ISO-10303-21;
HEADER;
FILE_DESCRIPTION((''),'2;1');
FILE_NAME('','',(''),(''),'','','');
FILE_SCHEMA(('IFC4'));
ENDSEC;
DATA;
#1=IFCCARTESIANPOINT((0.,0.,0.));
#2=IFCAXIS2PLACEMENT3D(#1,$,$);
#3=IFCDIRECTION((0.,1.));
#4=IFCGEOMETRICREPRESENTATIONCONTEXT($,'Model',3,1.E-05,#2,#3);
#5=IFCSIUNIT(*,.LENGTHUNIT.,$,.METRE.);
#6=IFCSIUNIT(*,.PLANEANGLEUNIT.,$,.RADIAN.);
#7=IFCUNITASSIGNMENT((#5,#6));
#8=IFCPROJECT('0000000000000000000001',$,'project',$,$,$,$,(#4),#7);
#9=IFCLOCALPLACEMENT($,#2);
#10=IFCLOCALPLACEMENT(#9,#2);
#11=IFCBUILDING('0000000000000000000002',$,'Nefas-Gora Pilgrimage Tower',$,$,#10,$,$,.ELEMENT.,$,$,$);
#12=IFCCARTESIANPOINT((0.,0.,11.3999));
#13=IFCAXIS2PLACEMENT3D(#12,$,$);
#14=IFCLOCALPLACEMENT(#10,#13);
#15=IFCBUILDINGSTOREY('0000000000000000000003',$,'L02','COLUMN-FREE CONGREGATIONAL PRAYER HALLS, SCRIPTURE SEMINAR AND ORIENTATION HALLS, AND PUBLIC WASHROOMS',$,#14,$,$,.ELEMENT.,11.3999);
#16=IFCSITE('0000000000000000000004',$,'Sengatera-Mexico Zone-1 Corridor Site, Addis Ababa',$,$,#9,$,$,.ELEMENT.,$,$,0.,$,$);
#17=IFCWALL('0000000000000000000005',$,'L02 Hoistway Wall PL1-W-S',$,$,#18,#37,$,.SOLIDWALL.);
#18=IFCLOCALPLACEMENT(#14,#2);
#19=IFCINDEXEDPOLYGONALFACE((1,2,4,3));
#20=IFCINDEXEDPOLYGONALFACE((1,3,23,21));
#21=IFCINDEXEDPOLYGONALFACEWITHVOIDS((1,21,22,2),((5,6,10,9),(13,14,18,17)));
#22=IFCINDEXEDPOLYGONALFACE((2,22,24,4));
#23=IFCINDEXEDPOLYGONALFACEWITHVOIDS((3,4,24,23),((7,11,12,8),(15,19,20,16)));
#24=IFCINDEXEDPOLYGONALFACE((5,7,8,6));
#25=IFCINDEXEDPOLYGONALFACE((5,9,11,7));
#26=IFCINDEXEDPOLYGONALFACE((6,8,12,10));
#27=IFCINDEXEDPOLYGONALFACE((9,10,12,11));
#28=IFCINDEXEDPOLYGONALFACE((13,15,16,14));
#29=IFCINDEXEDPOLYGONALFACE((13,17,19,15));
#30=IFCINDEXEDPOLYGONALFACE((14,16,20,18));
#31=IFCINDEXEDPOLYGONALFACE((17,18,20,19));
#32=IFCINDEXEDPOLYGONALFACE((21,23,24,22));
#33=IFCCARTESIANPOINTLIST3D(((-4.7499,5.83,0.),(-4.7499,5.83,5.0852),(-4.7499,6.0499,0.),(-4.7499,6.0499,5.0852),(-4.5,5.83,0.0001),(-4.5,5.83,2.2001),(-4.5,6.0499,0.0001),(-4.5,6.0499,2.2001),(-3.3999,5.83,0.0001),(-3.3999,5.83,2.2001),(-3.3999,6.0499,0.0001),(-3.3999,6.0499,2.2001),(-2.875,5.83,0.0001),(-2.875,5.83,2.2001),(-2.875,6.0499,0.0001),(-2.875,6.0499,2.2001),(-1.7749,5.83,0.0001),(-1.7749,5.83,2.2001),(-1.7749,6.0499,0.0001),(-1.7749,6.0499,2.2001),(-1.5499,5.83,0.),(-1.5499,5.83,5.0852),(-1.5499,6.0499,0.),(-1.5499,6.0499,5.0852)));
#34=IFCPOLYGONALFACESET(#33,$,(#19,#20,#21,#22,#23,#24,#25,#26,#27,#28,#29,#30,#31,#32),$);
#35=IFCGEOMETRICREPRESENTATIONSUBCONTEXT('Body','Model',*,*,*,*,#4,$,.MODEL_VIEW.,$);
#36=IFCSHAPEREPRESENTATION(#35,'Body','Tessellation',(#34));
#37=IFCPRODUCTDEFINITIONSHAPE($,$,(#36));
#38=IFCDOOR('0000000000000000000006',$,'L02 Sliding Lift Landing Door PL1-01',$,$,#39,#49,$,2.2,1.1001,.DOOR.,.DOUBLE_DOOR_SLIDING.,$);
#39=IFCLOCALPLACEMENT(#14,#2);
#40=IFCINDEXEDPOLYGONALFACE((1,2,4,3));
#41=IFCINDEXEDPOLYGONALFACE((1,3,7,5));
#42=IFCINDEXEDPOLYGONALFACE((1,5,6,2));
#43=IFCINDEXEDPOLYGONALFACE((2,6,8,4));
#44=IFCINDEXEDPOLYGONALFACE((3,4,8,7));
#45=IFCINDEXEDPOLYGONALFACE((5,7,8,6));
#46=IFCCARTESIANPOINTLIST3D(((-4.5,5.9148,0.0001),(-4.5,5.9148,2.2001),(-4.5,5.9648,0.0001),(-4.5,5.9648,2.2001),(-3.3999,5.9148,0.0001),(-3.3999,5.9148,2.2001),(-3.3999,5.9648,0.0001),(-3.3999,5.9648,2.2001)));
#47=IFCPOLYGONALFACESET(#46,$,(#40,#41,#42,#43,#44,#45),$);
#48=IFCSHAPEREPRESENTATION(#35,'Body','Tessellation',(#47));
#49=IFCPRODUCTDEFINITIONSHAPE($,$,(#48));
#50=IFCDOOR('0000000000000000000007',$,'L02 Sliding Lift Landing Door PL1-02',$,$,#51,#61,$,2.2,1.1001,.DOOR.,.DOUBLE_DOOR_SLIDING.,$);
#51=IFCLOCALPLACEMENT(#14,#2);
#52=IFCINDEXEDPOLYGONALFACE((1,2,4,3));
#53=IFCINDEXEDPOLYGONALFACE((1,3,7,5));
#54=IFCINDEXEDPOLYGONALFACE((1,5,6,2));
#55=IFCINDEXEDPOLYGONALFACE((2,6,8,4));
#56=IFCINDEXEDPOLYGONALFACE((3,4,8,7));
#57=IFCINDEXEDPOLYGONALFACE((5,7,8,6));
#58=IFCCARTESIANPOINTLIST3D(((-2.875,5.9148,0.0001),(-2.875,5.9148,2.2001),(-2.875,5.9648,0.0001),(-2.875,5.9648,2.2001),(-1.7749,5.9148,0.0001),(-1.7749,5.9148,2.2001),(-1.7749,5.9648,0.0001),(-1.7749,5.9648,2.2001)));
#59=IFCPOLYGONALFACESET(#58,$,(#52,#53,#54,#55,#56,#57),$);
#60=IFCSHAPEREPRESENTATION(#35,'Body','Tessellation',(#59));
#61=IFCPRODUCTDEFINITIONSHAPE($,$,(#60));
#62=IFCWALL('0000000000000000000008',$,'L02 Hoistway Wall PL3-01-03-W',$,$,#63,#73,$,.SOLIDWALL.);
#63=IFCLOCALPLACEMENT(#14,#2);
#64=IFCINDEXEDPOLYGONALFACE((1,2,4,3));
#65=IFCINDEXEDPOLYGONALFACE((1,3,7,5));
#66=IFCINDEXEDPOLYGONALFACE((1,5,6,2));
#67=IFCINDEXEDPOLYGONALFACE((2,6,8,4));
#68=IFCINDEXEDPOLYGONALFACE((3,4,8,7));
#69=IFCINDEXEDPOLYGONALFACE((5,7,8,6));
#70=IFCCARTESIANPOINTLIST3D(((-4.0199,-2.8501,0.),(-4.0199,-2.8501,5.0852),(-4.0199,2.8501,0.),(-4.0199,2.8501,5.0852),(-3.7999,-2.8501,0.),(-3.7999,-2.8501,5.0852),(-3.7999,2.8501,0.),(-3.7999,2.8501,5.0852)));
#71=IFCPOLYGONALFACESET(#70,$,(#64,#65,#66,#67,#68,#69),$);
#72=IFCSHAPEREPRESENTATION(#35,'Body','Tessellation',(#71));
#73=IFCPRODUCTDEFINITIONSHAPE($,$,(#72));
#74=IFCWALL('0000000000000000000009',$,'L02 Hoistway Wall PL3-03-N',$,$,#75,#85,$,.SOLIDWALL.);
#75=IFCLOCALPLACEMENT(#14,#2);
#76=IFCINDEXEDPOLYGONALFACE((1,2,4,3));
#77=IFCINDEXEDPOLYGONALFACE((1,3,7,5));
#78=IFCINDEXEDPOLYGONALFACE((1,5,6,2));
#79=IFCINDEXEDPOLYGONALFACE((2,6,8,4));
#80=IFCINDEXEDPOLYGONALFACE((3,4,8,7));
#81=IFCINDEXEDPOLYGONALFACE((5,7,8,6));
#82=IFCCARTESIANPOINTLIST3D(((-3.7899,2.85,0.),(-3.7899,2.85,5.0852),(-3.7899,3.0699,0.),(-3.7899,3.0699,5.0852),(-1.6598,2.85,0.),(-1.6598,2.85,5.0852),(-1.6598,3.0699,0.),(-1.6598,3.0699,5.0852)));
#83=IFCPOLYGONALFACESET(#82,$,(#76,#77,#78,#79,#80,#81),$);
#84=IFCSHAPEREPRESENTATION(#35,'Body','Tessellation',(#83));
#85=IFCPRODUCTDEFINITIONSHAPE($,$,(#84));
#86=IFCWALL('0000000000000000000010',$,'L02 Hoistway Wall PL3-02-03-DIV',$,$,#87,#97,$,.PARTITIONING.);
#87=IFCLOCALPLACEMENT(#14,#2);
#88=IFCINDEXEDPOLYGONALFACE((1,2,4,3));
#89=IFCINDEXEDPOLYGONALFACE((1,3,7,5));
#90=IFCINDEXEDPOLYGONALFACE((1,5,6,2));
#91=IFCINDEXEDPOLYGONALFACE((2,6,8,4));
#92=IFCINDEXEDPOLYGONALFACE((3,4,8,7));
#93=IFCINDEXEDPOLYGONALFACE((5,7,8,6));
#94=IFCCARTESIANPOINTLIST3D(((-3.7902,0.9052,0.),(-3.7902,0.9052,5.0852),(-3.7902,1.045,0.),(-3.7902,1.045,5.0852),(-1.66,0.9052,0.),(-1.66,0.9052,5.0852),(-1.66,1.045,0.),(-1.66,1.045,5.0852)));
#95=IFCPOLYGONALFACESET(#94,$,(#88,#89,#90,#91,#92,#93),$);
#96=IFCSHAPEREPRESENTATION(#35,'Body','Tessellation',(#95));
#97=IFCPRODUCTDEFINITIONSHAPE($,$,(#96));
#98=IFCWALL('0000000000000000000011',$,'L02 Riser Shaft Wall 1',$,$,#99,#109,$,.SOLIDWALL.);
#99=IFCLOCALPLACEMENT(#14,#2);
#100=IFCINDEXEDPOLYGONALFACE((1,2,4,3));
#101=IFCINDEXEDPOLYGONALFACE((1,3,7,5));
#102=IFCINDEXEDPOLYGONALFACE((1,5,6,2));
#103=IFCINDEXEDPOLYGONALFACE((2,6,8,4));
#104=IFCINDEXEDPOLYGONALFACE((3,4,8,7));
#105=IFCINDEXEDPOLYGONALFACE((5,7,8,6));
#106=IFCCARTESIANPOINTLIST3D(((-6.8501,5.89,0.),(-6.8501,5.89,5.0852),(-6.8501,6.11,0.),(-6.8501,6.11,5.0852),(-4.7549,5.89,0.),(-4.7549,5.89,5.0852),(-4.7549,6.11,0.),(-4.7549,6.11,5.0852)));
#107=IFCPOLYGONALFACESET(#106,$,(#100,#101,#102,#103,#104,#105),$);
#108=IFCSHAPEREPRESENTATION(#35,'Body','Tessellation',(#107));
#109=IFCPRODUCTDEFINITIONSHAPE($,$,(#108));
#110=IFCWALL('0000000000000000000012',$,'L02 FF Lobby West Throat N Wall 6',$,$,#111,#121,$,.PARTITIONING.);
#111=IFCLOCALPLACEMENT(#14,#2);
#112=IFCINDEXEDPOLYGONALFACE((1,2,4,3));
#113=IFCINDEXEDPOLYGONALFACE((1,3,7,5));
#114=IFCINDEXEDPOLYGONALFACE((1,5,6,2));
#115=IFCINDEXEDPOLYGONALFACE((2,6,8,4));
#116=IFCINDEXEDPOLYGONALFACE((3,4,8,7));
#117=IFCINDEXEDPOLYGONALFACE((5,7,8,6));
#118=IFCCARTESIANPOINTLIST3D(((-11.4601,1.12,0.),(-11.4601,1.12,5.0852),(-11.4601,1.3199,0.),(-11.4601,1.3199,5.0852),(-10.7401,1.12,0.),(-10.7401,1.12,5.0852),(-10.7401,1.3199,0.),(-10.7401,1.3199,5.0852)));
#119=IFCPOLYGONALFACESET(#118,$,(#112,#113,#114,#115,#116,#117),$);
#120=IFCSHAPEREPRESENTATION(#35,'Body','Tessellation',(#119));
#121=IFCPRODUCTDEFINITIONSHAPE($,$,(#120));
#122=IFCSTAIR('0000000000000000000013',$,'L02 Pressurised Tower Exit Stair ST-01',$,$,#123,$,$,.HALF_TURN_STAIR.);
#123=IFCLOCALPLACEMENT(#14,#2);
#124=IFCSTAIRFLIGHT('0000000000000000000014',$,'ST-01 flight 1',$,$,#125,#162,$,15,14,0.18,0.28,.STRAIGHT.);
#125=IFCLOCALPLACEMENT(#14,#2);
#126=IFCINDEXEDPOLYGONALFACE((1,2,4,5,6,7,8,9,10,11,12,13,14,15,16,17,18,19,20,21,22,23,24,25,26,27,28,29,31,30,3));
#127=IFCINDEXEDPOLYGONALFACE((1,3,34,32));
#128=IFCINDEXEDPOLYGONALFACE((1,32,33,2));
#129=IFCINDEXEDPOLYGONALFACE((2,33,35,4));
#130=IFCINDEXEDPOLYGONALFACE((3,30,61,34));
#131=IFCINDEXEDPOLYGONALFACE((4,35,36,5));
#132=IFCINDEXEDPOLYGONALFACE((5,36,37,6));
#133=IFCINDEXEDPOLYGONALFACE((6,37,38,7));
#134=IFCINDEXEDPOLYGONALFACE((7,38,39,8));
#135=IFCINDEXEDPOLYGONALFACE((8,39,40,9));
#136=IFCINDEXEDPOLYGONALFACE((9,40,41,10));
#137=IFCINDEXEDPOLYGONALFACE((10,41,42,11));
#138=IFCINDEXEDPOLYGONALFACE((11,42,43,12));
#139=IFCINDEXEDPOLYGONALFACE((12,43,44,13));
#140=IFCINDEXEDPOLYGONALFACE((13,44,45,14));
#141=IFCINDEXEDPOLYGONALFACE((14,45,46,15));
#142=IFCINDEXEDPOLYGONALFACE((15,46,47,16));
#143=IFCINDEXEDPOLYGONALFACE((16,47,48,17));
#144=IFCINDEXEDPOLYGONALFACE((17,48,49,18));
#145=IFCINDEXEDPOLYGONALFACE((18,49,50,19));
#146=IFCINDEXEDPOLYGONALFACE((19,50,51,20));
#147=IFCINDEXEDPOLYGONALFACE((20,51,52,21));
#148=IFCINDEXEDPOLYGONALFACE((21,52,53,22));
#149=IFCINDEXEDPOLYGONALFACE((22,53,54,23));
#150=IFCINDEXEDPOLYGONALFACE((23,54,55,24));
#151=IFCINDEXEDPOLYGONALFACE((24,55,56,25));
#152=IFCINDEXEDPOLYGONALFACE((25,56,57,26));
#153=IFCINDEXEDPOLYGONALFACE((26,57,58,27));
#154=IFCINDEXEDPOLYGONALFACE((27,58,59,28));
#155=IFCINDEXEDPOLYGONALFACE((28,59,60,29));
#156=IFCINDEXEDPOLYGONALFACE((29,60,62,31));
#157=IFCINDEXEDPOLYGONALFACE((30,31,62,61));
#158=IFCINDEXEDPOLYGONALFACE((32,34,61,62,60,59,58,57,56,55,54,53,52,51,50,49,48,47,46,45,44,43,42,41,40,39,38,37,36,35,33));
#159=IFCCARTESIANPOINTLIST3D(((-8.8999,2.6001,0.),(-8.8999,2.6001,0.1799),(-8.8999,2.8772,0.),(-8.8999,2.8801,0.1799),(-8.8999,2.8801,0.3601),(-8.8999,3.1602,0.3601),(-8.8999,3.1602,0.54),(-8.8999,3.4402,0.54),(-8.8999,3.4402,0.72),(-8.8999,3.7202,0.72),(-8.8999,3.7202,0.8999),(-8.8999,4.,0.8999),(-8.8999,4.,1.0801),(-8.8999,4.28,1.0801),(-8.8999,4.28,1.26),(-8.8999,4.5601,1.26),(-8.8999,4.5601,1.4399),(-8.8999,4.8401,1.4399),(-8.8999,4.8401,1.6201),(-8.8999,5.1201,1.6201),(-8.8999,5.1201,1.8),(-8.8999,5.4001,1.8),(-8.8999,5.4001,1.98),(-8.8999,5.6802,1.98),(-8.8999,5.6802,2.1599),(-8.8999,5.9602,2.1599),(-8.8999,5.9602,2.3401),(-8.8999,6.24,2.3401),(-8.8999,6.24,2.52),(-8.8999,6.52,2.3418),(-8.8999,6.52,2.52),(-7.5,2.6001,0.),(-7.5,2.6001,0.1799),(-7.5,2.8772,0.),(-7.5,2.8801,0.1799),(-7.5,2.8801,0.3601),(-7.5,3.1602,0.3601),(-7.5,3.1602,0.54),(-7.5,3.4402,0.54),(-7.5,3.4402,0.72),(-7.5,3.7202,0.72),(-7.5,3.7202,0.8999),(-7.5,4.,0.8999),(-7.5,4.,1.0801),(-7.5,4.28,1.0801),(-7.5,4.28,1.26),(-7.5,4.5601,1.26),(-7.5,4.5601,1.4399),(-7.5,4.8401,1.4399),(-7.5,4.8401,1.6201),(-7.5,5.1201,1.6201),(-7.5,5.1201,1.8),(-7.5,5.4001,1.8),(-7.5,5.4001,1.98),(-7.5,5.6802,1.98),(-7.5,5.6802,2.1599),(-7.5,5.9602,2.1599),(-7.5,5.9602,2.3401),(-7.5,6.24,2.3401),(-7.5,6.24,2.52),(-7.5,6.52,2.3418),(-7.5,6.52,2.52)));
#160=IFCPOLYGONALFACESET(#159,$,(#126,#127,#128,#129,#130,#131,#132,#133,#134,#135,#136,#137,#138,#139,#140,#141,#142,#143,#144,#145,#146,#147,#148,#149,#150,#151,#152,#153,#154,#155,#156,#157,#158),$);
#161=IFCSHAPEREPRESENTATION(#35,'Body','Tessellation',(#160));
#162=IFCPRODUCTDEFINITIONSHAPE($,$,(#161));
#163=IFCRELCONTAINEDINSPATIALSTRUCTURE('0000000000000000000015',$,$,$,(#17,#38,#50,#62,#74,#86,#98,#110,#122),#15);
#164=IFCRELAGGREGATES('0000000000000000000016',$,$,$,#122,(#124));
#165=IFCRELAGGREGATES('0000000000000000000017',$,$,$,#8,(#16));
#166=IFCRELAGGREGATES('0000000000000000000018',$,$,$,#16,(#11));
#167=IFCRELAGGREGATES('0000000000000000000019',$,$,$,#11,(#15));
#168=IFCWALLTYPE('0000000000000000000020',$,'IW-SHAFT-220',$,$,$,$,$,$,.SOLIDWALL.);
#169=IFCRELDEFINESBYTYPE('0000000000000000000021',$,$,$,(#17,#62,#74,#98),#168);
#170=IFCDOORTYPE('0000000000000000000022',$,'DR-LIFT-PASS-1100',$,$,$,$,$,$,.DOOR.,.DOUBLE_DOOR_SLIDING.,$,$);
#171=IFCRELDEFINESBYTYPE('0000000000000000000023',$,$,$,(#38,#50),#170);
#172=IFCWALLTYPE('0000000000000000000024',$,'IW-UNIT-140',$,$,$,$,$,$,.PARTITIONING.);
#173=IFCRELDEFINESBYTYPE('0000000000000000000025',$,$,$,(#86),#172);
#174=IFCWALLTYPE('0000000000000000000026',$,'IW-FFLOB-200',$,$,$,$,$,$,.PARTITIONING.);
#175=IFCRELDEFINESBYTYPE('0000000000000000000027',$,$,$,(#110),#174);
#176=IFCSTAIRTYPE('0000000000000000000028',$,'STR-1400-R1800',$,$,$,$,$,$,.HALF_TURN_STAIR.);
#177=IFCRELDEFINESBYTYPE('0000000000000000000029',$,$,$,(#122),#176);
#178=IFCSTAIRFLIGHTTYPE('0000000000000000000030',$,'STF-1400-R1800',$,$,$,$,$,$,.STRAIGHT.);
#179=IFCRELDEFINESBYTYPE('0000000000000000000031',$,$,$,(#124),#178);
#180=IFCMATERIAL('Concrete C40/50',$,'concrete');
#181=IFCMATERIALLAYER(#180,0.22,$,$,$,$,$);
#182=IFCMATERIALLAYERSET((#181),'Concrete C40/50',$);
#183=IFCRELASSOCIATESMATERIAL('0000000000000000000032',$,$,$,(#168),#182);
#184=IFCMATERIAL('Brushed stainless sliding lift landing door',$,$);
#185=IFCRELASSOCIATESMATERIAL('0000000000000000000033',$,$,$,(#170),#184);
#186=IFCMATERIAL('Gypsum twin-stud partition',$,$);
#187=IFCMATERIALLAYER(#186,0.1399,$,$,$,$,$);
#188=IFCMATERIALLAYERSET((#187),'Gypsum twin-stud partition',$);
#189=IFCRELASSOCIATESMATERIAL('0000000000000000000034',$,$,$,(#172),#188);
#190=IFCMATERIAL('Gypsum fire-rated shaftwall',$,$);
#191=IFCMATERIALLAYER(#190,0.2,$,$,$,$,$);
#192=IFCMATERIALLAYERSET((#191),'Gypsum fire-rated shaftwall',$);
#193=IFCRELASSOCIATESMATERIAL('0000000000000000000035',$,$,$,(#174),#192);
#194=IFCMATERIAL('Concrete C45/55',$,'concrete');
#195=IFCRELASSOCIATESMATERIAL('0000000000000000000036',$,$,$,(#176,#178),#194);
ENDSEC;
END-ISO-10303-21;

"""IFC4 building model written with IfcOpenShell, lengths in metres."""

from ifc_helpers import new_model, si_unit, direction, frame, frame_2d, origin, place, context, subcontext, project, spatial, polyline, rectangle, outline, extrude, source, transform, mapped, material, layer, layer_set, type_object, element, fill, aggregate, save


model = new_model("IFC4")

# Units and contexts
model_context = context("Model", 3, precision=1e-05, world=origin(), true_north=direction((0.0, 1.0)))
body_context = subcontext(model_context, "Body", "Model", "MODEL_VIEW")
ifc_project = project(units=[si_unit("LENGTHUNIT", "METRE"), si_unit("PLANEANGLEUNIT", "RADIAN")], contexts=[model_context])

# Site, building, storey
site_placement = place(None, origin())
site = spatial("IfcSite", under=ifc_project, at=site_placement, Name="Sengatera-Mexico Zone-1 Corridor Site, Addis Ababa", CompositionType="ELEMENT", RefElevation=0.0)
building_placement = place(site_placement, origin())
building = spatial("IfcBuilding", under=site, at=building_placement, Name="Nefas-Gora Pilgrimage Tower", CompositionType="ELEMENT")
storey_placement = place(building_placement, frame((0.0, 0.0, 11.3999)))
storey = spatial("IfcBuildingStorey", under=building, at=storey_placement, Name="L02", Description="COLUMN-FREE CONGREGATIONAL PRAYER HALLS, SCRIPTURE SEMINAR AND ORIENTATION HALLS, AND PUBLIC WASHROOMS", CompositionType="ELEMENT", Elevation=11.3999)

# Shared definitions
ifc_material_1 = material(Name="Concrete C45/55", Category="concrete")

# Shared definitions
ifc_material_2 = material(Name="Concrete C40/50", Category="concrete")
ifc_layer_1 = layer(ifc_material_2, 0.22)
ifc_layer_set_1 = layer_set([ifc_layer_1], Name="Concrete C40/50")
wall_type_1 = type_object("IfcWallType", Name="IW-SHAFT-220", PredefinedType="SOLIDWALL", material=ifc_layer_set_1)

# Wall, openings, doors
shared_shape_1 = source(origin(), body_context, "Body", "SweptSolid", [
    extrude(rectangle(XDim=3.2, YDim=0.22, at=frame_2d((1.6001, 0.0))), origin(), (0.0, 0.0, 1.0), 5.0852),
])
wall_1_placement = place(storey_placement, frame((-4.75, 5.9399, 0.0), z_axis=(0.0, 0.0, 1.0), x_axis=(1.0, 0.0, 0.0)))
wall_1 = element("IfcWall", 1, at=wall_1_placement, inside=storey, type_object=wall_type_1, Name="L02 Hoistway Wall PL1-W-S", PredefinedType="SOLIDWALL", context=body_context, shape_type="MappedRepresentation", body=[
    mapped(shared_shape_1, transform((0.0, 0.0, 0.0), x_axis=(1.0, 0.0, 0.0), y_axis=(0.0, 1.0, 0.0), z_axis=(0.0, 0.0, 1.0), scale=1.0)),
])
opening_1_placement = place(wall_1_placement, frame((0.25, 0.0, 0.0)))
opening_1 = element("IfcOpeningElement", 2, at=opening_1_placement, cuts=wall_1, PredefinedType="OPENING", context=body_context, shape_type="SweptSolid", body=[
    extrude(rectangle(XDim=1.1001, YDim=2.2, at=frame_2d((0.55, 1.1001))), frame((0.0, 0.1199, 0.0), z_axis=(0.0, -1.0, 0.0), x_axis=(1.0, 0.0, 0.0)), (0.0, 0.0, 1.0), 0.24),
])
opening_2_placement = place(wall_1_placement, frame((1.875, 0.0, 0.0)))
opening_2 = element("IfcOpeningElement", 3, at=opening_2_placement, cuts=wall_1, PredefinedType="OPENING", context=body_context, shape_type="SweptSolid", body=[
    extrude(rectangle(XDim=1.1001, YDim=2.2, at=frame_2d((0.55, 1.1001))), frame((0.0, 0.1199, 0.0), z_axis=(0.0, -1.0, 0.0), x_axis=(1.0, 0.0, 0.0)), (0.0, 0.0, 1.0), 0.24),
])
ifc_material_3 = material(Name="Brushed stainless sliding lift landing door")
door_type_1 = type_object("IfcDoorType", Name="DR-LIFT-PASS-1100", OperationType="DOUBLE_DOOR_SLIDING", PredefinedType="DOOR", material=ifc_material_3)
shared_shape_2 = source(origin(), body_context, "Body", "SweptSolid", [
    extrude(rectangle(XDim=1.1001, YDim=2.2, at=frame_2d((0.55, 1.1001))), frame((0.0, 0.0249, 0.0), z_axis=(0.0, -1.0, 0.0), x_axis=(1.0, 0.0, 0.0)), (0.0, 0.0, 1.0), 0.05),
])
door_1_placement = place(opening_1_placement, origin())
door_1 = element("IfcDoor", 4, at=door_1_placement, inside=storey, type_object=door_type_1, Name="L02 Sliding Lift Landing Door PL1-01", OperationType="DOUBLE_DOOR_SLIDING", OverallHeight=2.2, OverallWidth=1.1001, PredefinedType="DOOR", context=body_context, shape_type="MappedRepresentation", body=[
    mapped(shared_shape_2, transform((0.0, 0.0, 0.0), x_axis=(1.0, 0.0, 0.0), y_axis=(0.0, 1.0, 0.0), z_axis=(0.0, 0.0, 1.0), scale=1.0)),
])
fill(opening_1, door_1)
door_2_placement = place(opening_2_placement, origin())
door_2 = element("IfcDoor", 5, at=door_2_placement, inside=storey, type_object=door_type_1, Name="L02 Sliding Lift Landing Door PL1-02", OperationType="DOUBLE_DOOR_SLIDING", OverallHeight=2.2, OverallWidth=1.1001, PredefinedType="DOOR", context=body_context, shape_type="MappedRepresentation", body=[
    mapped(shared_shape_2, transform((0.0, 0.0, 0.0), x_axis=(1.0, 0.0, 0.0), y_axis=(0.0, 1.0, 0.0), z_axis=(0.0, 0.0, 1.0), scale=1.0)),
])
fill(opening_2, door_2)

# Walls
ifc_material_4 = material(Name="Gypsum twin-stud partition")
ifc_layer_2 = layer(ifc_material_4, 0.1399)
ifc_layer_set_2 = layer_set([ifc_layer_2], Name="Gypsum twin-stud partition")
wall_type_2 = type_object("IfcWallType", Name="IW-UNIT-140", PredefinedType="PARTITIONING", material=ifc_layer_set_2)
shared_shape_3 = source(origin(), body_context, "Body", "SweptSolid", [
    extrude(rectangle(XDim=5.7002, YDim=0.22, at=frame_2d((2.8501, 0.0))), origin(), (0.0, 0.0, 1.0), 5.0852),
])
wall_2_placement = place(storey_placement, frame((-3.9099, 2.8501, 0.0), z_axis=(0.0, 0.0, 1.0), x_axis=(0.0, -1.0, 0.0)))
element("IfcWall", 6, at=wall_2_placement, inside=storey, type_object=wall_type_1, Name="L02 Hoistway Wall PL3-01-03-W", PredefinedType="SOLIDWALL", context=body_context, shape_type="MappedRepresentation", body=[
    mapped(shared_shape_3, transform((0.0, 0.0, 0.0), x_axis=(1.0, 0.0, 0.0), y_axis=(0.0, 1.0, 0.0), z_axis=(0.0, 0.0, 1.0), scale=1.0)),
])
shared_shape_4 = source(origin(), body_context, "Body", "SweptSolid", [
    extrude(rectangle(XDim=2.1301, YDim=0.22, at=frame_2d((1.0649, 0.0))), origin(), (0.0, 0.0, 1.0), 5.0852),
])
wall_3_placement = place(storey_placement, frame((-1.6599, 2.96, 0.0), z_axis=(0.0, 0.0, 1.0), x_axis=(-1.0, 0.0, 0.0)))
element("IfcWall", 7, at=wall_3_placement, inside=storey, type_object=wall_type_1, Name="L02 Hoistway Wall PL3-03-N", PredefinedType="SOLIDWALL", context=body_context, shape_type="MappedRepresentation", body=[
    mapped(shared_shape_4, transform((0.0, 0.0, 0.0), x_axis=(1.0, 0.0, 0.0), y_axis=(0.0, 1.0, 0.0), z_axis=(0.0, 0.0, 1.0), scale=1.0)),
])
shared_shape_5 = source(origin(), body_context, "Body", "SweptSolid", [
    extrude(rectangle(XDim=2.1301, YDim=0.1399, at=frame_2d((1.0649, 0.0))), origin(), (0.0, 0.0, 1.0), 5.0852),
])
wall_4_placement = place(storey_placement, frame((-3.79, 0.9751, 0.0), z_axis=(0.0, 0.0, 1.0), x_axis=(1.0, 0.0, 0.0)))
element("IfcWall", 8, at=wall_4_placement, inside=storey, type_object=wall_type_2, Name="L02 Hoistway Wall PL3-02-03-DIV", PredefinedType="PARTITIONING", context=body_context, shape_type="MappedRepresentation", body=[
    mapped(shared_shape_5, transform((0.0, 0.0, 0.0), x_axis=(1.0, 0.0, 0.0), y_axis=(0.0, 1.0, 0.0), z_axis=(0.0, 0.0, 1.0), scale=1.0)),
])
shared_shape_6 = source(origin(), body_context, "Body", "SweptSolid", [
    extrude(rectangle(XDim=2.0952, YDim=0.22, at=frame_2d((1.0476, 0.0))), origin(), (0.0, 0.0, 1.0), 5.0852),
])
wall_5_placement = place(storey_placement, frame((-6.8501, 6.0, 0.0), z_axis=(0.0, 0.0, 1.0), x_axis=(1.0, 0.0, 0.0)))
element("IfcWall", 9, at=wall_5_placement, inside=storey, type_object=wall_type_1, Name="L02 Riser Shaft Wall 1", PredefinedType="SOLIDWALL", context=body_context, shape_type="MappedRepresentation", body=[
    mapped(shared_shape_6, transform((0.0, 0.0, 0.0), x_axis=(1.0, 0.0, 0.0), y_axis=(0.0, 1.0, 0.0), z_axis=(0.0, 0.0, 1.0), scale=1.0)),
])
ifc_material_5 = material(Name="Gypsum fire-rated shaftwall")
ifc_layer_3 = layer(ifc_material_5, 0.2)
ifc_layer_set_3 = layer_set([ifc_layer_3], Name="Gypsum fire-rated shaftwall")
wall_type_3 = type_object("IfcWallType", Name="IW-FFLOB-200", PredefinedType="PARTITIONING", material=ifc_layer_set_3)
shared_shape_7 = source(origin(), body_context, "Body", "SweptSolid", [
    extrude(rectangle(XDim=0.72, YDim=0.2, at=frame_2d((0.3599, 0.0))), origin(), (0.0, 0.0, 1.0), 5.0852),
])
wall_6_placement = place(storey_placement, frame((-11.46, 1.22, 0.0), z_axis=(0.0, 0.0, 1.0), x_axis=(1.0, 0.0, 0.0)))
element("IfcWall", 10, at=wall_6_placement, inside=storey, type_object=wall_type_3, Name="L02 FF Lobby West Throat N Wall 6", PredefinedType="PARTITIONING", context=body_context, shape_type="MappedRepresentation", body=[
    mapped(shared_shape_7, transform((0.0, 0.0, 0.0), x_axis=(1.0, 0.0, 0.0), y_axis=(0.0, 1.0, 0.0), z_axis=(0.0, 0.0, 1.0), scale=1.0)),
])

# Stair, stair flight
stair_type = type_object("IfcStairType", Name="STR-1400-R1800", PredefinedType="HALF_TURN_STAIR", material=ifc_material_1)
stair_placement = place(storey_placement, origin())
stair = element("IfcStair", 11, at=stair_placement, inside=storey, type_object=stair_type, Name="L02 Pressurised Tower Exit Stair ST-01", PredefinedType="HALF_TURN_STAIR")
stair_flight_type = type_object("IfcStairFlightType", Name="STF-1400-R1800", PredefinedType="STRAIGHT", material=ifc_material_1)
shared_shape_8 = source(origin(), body_context, "Body", "SweptSolid", [
    extrude(outline(polyline([(0.0, 0.0), (0.0, 0.1799), (0.28, 0.1799), (0.28, 0.3601), (0.5601, 0.3601), (0.5601, 0.54), (0.8401, 0.54), (0.8401, 0.72), (1.1201, 0.72), (1.1201, 0.8999), (1.3999, 0.8999), (1.3999, 1.0801), (1.6799, 1.0801), (1.6799, 1.26), (1.96, 1.26), (1.96, 1.4399), (2.24, 1.4399), (2.24, 1.6201), (2.52, 1.6201), (2.52, 1.8), (2.8, 1.8), (2.8, 1.98), (3.0801, 1.98), (3.0801, 2.1599), (3.3601, 2.1599), (3.3601, 2.3401), (3.6399, 2.3401), (3.6399, 2.52), (3.9199, 2.52), (3.9199, 2.7), (3.9199, 2.3418), (0.2771, 0.0), (0.0, 0.0)])), frame((0.0, 0.7, 0.0), z_axis=(0.0, -1.0, 0.0), x_axis=(1.0, 0.0, 0.0)), (0.0, 0.0, 1.0), 1.3999),
])
stair_flight_placement = place(storey_placement, frame((-8.2, 2.6001, 0.0), z_axis=(0.0, 0.0, 1.0), x_axis=(0.0, 1.0, 0.0)))
stair_flight = element("IfcStairFlight", 12, at=stair_flight_placement, type_object=stair_flight_type, Name="ST-01 flight 1", NumberOfRisers=15, NumberOfTreads=14, PredefinedType="STRAIGHT", RiserHeight=0.18, TreadLength=0.28, context=body_context, shape_type="MappedRepresentation", body=[
    mapped(shared_shape_8, transform((0.0, 0.0, 0.0), x_axis=(1.0, 0.0, 0.0), y_axis=(0.0, 1.0, 0.0), z_axis=(0.0, 0.0, 1.0), scale=1.0)),
])
aggregate(stair, [stair_flight])

save(model, "model.ifc")
